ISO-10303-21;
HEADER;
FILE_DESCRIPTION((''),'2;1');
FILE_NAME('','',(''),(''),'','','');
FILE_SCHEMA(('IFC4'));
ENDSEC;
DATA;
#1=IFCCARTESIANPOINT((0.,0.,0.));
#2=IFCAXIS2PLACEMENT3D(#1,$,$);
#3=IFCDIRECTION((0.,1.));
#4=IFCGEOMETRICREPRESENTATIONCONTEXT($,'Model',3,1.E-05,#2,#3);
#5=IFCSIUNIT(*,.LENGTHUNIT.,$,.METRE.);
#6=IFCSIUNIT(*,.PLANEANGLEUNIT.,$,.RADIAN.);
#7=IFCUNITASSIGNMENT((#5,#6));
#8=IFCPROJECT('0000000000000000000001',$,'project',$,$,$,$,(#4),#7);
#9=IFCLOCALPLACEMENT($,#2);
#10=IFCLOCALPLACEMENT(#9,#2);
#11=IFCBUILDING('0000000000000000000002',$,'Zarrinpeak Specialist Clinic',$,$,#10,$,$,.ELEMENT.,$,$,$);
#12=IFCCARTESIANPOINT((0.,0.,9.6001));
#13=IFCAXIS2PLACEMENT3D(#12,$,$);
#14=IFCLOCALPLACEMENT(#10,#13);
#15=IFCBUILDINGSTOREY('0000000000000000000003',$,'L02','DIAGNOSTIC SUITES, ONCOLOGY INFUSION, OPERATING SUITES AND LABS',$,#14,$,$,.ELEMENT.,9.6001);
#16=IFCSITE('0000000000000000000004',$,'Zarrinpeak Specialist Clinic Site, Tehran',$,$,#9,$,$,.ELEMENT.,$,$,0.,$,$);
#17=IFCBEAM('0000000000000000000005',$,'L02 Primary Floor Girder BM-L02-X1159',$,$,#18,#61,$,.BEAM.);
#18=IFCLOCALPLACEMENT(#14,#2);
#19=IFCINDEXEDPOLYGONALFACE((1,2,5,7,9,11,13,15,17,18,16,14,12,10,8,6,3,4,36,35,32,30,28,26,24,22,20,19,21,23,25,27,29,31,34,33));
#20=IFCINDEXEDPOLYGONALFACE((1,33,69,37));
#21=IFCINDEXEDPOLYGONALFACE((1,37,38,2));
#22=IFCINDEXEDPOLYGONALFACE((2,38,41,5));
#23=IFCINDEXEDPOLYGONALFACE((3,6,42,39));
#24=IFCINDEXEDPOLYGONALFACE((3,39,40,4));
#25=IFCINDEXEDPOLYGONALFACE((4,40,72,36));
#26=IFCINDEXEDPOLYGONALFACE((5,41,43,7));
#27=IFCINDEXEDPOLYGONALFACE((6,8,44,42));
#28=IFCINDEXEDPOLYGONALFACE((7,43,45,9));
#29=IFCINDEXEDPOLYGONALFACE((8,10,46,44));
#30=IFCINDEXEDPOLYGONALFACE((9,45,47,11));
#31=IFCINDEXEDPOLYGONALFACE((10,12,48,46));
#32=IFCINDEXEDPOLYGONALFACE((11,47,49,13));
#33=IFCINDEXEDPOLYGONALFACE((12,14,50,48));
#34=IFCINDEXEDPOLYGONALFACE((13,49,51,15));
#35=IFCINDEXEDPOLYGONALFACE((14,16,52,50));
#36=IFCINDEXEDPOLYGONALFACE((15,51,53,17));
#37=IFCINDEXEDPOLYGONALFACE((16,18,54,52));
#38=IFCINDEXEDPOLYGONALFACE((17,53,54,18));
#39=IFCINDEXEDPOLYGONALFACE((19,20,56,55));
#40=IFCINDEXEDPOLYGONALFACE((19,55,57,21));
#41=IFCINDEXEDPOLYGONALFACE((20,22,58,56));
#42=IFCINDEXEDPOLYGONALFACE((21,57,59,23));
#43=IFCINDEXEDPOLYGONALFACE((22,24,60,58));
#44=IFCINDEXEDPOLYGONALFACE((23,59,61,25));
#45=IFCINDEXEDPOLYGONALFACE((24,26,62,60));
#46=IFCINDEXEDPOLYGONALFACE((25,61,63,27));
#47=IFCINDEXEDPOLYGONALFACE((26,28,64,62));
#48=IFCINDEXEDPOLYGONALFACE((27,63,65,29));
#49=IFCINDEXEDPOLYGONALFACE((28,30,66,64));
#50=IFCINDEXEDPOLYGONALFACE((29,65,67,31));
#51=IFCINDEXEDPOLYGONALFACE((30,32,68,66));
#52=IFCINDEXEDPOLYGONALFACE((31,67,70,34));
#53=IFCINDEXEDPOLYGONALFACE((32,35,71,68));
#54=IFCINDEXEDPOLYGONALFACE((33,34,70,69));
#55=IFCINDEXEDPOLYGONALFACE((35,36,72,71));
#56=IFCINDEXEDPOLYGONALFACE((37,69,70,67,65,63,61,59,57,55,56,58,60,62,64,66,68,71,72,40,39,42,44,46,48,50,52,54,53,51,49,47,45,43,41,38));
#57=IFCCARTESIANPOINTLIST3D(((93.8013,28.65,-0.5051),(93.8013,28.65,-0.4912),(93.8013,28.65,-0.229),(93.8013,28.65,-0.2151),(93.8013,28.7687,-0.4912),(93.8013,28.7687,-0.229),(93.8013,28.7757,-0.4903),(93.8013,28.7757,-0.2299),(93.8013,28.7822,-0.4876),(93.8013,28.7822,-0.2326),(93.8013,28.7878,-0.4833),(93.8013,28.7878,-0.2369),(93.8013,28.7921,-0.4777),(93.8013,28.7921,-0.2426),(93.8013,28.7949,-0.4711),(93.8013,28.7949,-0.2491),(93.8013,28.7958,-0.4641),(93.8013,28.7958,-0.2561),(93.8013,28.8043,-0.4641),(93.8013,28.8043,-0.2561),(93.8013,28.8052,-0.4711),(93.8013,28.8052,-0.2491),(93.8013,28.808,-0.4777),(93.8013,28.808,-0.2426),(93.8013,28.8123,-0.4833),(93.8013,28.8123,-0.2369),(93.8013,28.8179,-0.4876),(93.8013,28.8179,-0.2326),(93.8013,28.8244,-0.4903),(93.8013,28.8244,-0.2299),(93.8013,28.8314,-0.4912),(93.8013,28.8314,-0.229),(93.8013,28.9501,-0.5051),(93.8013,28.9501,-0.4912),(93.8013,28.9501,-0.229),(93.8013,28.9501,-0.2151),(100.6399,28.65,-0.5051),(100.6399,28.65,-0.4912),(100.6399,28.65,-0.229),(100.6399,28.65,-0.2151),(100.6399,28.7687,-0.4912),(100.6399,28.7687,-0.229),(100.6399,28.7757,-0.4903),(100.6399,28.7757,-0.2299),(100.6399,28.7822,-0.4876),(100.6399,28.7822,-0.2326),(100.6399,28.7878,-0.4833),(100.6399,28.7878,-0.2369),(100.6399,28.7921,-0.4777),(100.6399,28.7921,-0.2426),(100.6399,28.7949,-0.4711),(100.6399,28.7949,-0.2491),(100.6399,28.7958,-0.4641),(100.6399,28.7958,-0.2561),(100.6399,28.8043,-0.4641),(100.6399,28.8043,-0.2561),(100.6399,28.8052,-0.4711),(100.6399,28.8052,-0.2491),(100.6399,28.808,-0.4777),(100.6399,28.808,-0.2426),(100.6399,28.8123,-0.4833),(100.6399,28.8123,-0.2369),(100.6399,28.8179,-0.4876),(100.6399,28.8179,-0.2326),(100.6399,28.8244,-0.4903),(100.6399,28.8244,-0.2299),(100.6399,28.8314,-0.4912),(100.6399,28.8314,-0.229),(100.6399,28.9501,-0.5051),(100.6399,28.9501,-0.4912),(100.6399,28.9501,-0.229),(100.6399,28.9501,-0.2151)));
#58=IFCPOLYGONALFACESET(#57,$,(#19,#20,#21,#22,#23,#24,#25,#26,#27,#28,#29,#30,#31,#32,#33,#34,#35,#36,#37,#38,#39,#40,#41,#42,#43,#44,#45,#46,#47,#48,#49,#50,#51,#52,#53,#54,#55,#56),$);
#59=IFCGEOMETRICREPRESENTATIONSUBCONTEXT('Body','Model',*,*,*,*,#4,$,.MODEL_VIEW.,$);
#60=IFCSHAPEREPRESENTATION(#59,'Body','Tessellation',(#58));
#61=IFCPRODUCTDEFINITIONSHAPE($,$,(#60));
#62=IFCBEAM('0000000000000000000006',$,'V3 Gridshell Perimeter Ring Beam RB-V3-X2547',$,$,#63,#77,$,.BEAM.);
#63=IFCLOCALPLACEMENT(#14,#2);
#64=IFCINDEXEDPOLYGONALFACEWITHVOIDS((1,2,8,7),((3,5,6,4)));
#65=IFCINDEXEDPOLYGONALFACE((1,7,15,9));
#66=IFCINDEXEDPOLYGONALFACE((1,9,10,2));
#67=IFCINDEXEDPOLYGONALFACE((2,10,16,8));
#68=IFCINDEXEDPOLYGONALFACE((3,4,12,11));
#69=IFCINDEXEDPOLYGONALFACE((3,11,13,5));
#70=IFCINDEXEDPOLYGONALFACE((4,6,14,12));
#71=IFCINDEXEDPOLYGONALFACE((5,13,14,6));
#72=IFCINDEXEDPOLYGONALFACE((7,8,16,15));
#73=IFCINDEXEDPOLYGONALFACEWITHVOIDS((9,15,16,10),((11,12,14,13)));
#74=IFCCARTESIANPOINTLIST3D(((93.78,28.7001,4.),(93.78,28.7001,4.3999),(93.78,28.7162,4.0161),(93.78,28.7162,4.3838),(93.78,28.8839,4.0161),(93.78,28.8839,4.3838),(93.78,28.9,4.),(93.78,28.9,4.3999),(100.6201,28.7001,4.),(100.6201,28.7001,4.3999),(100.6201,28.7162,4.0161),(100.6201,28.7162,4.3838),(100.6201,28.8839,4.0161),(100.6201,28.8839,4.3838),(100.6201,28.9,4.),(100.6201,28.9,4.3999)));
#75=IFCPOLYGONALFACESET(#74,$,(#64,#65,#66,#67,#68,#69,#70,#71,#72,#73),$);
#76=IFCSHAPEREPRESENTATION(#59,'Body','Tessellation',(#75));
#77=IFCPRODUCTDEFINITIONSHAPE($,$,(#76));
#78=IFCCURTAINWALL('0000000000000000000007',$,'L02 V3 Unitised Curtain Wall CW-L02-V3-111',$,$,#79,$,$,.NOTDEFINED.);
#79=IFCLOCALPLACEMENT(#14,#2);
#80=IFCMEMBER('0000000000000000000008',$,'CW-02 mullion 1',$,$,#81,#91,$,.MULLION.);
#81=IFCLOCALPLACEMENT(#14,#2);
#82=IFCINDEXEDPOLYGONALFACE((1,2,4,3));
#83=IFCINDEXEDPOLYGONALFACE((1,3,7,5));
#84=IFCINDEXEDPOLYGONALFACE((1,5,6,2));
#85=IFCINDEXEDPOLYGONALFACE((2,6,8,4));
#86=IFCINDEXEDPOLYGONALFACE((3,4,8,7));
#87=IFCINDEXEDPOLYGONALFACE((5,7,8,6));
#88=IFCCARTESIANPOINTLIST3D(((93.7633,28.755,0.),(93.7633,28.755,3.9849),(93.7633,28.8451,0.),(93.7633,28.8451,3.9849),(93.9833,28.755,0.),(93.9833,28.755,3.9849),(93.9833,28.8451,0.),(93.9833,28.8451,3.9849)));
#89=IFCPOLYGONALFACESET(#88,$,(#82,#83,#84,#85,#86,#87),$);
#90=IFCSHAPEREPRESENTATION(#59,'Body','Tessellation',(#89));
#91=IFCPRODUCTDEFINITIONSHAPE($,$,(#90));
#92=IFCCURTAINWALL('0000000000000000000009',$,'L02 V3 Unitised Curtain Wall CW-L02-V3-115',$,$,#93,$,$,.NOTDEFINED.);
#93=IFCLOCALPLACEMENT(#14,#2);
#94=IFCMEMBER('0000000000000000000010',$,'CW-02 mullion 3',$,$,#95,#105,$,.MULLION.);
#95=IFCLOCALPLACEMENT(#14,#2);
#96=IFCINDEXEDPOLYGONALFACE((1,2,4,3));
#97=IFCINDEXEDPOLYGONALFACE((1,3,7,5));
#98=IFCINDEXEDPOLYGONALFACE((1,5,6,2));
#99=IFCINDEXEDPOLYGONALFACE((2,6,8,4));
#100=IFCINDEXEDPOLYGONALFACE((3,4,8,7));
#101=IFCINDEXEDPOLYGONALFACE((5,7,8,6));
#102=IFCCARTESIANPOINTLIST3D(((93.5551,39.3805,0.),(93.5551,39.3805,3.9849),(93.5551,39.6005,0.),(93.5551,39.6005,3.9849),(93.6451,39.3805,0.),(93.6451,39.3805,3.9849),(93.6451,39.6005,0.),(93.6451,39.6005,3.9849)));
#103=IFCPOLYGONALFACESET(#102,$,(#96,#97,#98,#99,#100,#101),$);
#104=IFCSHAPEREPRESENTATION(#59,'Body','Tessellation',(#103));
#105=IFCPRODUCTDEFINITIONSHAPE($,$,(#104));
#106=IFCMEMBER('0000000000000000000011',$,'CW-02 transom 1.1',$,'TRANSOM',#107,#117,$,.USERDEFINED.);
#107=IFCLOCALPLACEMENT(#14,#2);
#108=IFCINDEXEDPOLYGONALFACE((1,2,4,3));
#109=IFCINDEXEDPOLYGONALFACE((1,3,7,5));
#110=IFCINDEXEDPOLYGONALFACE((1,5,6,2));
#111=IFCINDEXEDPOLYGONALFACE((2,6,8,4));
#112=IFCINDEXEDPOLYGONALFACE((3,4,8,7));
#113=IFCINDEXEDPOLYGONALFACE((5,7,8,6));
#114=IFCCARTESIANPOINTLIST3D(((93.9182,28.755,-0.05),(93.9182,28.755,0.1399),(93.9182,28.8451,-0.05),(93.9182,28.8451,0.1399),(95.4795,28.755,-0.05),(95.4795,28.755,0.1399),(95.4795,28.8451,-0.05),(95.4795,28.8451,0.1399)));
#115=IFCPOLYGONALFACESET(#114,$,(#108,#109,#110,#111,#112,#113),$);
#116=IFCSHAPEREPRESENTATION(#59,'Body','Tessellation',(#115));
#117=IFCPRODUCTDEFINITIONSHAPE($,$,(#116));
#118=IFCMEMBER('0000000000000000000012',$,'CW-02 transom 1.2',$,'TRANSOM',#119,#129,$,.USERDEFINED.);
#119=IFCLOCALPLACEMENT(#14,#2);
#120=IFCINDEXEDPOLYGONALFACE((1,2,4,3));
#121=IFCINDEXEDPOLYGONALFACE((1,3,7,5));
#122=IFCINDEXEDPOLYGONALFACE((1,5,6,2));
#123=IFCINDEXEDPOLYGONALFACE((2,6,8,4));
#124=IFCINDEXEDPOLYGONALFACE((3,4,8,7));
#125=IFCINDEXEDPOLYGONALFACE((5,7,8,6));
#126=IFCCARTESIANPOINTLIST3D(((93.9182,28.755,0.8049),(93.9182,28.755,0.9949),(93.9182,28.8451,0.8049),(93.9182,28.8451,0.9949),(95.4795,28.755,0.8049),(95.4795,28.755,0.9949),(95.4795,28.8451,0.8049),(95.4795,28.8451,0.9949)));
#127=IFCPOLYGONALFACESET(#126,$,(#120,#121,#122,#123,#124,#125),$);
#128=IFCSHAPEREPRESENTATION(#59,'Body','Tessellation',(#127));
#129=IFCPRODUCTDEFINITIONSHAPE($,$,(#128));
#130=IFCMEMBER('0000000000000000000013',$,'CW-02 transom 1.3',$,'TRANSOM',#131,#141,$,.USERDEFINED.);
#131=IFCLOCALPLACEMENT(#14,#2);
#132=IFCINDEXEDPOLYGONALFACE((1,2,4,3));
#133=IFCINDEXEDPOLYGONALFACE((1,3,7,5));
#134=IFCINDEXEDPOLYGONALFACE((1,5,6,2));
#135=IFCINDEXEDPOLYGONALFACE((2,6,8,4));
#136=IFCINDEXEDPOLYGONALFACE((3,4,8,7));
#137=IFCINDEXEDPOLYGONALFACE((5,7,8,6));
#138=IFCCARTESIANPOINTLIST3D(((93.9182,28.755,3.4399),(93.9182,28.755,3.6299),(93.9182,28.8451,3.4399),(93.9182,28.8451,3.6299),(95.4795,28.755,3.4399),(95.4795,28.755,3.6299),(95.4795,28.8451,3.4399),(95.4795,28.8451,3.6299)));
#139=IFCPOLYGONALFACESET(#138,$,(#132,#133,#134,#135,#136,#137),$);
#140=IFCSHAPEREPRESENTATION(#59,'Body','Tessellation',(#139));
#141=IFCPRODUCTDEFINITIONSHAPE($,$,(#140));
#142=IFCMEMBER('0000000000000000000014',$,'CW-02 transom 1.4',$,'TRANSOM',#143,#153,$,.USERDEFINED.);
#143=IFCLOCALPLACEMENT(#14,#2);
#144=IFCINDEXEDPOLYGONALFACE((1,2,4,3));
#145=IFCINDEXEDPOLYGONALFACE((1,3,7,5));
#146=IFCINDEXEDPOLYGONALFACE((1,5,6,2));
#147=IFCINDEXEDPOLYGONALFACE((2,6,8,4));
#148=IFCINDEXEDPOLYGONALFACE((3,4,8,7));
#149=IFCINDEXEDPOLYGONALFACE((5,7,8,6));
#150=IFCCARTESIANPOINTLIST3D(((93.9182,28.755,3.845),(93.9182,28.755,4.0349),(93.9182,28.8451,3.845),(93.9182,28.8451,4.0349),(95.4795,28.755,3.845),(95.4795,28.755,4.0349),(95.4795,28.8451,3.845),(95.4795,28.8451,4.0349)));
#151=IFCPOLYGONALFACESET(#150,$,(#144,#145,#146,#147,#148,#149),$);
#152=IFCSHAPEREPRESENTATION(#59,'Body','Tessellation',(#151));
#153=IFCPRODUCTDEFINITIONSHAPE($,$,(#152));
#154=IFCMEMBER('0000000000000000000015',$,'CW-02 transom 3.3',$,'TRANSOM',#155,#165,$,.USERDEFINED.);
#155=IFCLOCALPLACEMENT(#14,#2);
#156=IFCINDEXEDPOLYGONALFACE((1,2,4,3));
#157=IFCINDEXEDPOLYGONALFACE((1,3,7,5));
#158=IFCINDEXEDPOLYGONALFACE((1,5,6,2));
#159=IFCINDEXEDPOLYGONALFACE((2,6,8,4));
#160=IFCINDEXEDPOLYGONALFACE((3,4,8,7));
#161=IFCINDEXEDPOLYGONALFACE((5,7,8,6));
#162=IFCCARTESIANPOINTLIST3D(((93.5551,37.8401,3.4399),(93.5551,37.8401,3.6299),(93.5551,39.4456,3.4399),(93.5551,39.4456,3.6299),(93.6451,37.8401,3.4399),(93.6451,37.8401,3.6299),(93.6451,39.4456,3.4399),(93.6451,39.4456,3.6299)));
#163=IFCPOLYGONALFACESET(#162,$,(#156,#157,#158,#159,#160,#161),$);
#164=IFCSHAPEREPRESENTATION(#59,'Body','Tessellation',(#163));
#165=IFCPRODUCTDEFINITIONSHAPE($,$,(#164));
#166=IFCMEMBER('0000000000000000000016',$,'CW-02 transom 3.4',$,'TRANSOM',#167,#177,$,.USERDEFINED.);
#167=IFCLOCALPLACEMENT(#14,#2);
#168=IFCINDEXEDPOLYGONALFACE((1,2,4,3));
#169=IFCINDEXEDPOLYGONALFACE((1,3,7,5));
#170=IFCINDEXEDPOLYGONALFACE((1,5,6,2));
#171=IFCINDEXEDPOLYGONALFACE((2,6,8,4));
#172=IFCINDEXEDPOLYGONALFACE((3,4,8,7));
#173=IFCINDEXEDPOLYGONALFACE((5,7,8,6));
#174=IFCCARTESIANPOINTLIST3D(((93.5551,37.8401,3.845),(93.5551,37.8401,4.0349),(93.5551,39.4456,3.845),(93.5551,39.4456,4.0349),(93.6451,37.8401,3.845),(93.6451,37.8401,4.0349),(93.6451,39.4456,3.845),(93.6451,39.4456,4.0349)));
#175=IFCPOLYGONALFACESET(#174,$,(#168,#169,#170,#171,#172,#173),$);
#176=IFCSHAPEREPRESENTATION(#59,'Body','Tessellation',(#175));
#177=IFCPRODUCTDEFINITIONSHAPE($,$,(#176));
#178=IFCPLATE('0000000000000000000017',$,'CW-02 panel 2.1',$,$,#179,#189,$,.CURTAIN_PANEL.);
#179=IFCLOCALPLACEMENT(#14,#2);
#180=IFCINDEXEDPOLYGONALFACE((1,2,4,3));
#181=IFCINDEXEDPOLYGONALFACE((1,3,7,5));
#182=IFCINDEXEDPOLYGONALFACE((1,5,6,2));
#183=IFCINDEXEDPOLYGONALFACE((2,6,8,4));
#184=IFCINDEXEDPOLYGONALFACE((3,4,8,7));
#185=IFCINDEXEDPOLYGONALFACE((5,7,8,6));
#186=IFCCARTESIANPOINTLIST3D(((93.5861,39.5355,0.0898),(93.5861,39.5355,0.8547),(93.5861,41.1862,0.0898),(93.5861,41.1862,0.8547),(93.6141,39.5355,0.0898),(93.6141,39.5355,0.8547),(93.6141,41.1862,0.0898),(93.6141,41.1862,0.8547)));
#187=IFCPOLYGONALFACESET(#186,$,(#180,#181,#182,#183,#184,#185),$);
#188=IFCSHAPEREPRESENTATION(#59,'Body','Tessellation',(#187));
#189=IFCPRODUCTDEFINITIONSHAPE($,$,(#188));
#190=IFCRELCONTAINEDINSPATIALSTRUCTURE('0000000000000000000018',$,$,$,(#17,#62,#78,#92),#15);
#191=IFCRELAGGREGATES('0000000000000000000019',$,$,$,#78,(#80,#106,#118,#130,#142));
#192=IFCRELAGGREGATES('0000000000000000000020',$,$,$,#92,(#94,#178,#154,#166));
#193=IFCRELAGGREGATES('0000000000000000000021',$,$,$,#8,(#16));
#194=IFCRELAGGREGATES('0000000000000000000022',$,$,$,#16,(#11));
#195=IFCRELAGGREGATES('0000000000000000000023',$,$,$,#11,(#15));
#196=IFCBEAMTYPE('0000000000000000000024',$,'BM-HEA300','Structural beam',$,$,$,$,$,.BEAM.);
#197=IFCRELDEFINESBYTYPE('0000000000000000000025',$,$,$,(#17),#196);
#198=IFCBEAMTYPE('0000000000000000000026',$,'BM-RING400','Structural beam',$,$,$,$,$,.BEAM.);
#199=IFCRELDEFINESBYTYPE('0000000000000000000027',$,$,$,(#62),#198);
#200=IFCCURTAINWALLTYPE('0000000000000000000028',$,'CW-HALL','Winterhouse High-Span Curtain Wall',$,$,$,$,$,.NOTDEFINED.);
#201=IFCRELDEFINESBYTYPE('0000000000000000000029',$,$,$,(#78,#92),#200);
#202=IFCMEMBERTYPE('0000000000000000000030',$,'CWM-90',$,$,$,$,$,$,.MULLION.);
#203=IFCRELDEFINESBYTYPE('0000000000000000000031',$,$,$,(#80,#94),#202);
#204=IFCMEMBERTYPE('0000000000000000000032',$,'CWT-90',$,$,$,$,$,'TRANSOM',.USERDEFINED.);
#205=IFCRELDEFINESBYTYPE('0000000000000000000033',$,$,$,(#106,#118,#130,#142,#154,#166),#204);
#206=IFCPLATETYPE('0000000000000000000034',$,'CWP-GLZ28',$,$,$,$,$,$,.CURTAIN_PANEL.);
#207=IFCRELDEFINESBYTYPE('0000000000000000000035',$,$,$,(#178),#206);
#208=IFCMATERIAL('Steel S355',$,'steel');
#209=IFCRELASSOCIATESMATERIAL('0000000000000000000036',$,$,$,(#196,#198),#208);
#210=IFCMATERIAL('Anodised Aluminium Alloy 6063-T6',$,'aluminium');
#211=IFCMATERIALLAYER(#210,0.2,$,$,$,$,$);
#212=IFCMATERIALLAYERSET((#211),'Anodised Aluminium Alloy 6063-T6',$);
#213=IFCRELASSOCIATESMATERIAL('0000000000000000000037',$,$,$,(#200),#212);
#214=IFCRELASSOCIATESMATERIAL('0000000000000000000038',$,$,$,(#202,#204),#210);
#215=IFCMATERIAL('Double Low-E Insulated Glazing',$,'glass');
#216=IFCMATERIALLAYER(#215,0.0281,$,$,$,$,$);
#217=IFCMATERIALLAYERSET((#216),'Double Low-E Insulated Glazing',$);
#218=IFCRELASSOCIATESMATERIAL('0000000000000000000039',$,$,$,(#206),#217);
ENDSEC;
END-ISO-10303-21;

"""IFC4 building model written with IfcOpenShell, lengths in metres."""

from ifc_helpers import new_model, si_unit, direction, frame, origin, origin_2d, place, context, subcontext, project, spatial, rectangle, hollow_rectangle, i_section, extrude, material, layer, layer_set, material_profile, profile_set, type_object, element, aggregate, save


model = new_model("IFC4")

# Units and contexts
model_context = context("Model", 3, precision=1e-05, world=origin(), true_north=direction((0.0, 1.0)))
body_context = subcontext(model_context, "Body", "Model", "MODEL_VIEW")
ifc_project = project(units=[si_unit("LENGTHUNIT", "METRE"), si_unit("PLANEANGLEUNIT", "RADIAN")], contexts=[model_context])

# Site, building, storey
site_placement = place(None, origin())
site = spatial("IfcSite", under=ifc_project, at=site_placement, Name="Zarrinpeak Specialist Clinic Site, Tehran", CompositionType="ELEMENT", RefElevation=0.0)
building_placement = place(site_placement, origin())
building = spatial("IfcBuilding", under=site, at=building_placement, Name="Zarrinpeak Specialist Clinic", CompositionType="ELEMENT")
storey_placement = place(building_placement, frame((0.0, 0.0, 9.6001)))
storey = spatial("IfcBuildingStorey", under=building, at=storey_placement, Name="L02", Description="DIAGNOSTIC SUITES, ONCOLOGY INFUSION, OPERATING SUITES AND LABS", CompositionType="ELEMENT", Elevation=9.6001)

# Beams
ifc_material_1 = material(Name="Steel S355", Category="steel")
ifc_material_profile_1 = material_profile(ifc_material_1, i_section(OverallWidth=0.3, OverallDepth=0.29, WebThickness=0.0085, FlangeThickness=0.0139, FilletRadius=0.0271, at=origin_2d()), Name="HEA 300")
ifc_profile_set_1 = profile_set([ifc_material_profile_1], Name="Steel S355")
beam_type_1 = type_object("IfcBeamType", Name="BM-HEA300", Description="Structural beam", PredefinedType="BEAM", material=ifc_profile_set_1)
beam_1_placement = place(storey_placement, frame((93.8013, 28.8, -0.3601), z_axis=(1.0, 0.0, 0.0), x_axis=(0.0, 1.0, 0.0)))
element("IfcBeam", 1, at=beam_1_placement, inside=storey, type_object=beam_type_1, Name="L02 Primary Floor Girder BM-L02-X1159", PredefinedType="BEAM", context=body_context, shape_type="SweptSolid", body=[
    extrude(i_section(OverallWidth=0.3, OverallDepth=0.29, WebThickness=0.0085, FlangeThickness=0.0139, FilletRadius=0.0271, at=origin_2d()), origin(), (0.0, 0.0, 1.0), 6.8386),
])
ifc_material_profile_2 = material_profile(ifc_material_1, hollow_rectangle(XDim=0.2, YDim=0.3999, WallThickness=0.0161, at=origin_2d()), Name="RHS 400x200x16.0")
ifc_profile_set_2 = profile_set([ifc_material_profile_2], Name="Steel S355")
beam_type_2 = type_object("IfcBeamType", Name="BM-RING400", Description="Structural beam", PredefinedType="BEAM", material=ifc_profile_set_2)
beam_2_placement = place(storey_placement, frame((93.78, 28.8, 4.2), z_axis=(1.0, 0.0, 0.0), x_axis=(0.0, 1.0, 0.0)))
element("IfcBeam", 2, at=beam_2_placement, inside=storey, type_object=beam_type_2, Name="V3 Gridshell Perimeter Ring Beam RB-V3-X2547", PredefinedType="BEAM", context=body_context, shape_type="SweptSolid", body=[
    extrude(hollow_rectangle(XDim=0.2, YDim=0.3999, WallThickness=0.0161, at=origin_2d()), origin(), (0.0, 0.0, 1.0), 6.8401),
])

# Curtain walls, members
ifc_material_2 = material(Name="Anodised Aluminium Alloy 6063-T6", Category="aluminium")
ifc_layer_1 = layer(ifc_material_2, 0.2)
ifc_layer_set_1 = layer_set([ifc_layer_1], Name="Anodised Aluminium Alloy 6063-T6")
curtain_wall_type = type_object("IfcCurtainWallType", Name="CW-HALL", Description="Winterhouse High-Span Curtain Wall", PredefinedType="NOTDEFINED", material=ifc_layer_set_1)
curtain_wall_1_placement = place(storey_placement, origin())
curtain_wall_1 = element("IfcCurtainWall", 3, at=curtain_wall_1_placement, inside=storey, type_object=curtain_wall_type, Name="L02 V3 Unitised Curtain Wall CW-L02-V3-111", PredefinedType="NOTDEFINED")
ifc_material_profile_3 = material_profile(ifc_material_2, rectangle(XDim=0.0901, YDim=0.22, at=origin_2d()), Name="ALU 90x220")
ifc_profile_set_3 = profile_set([ifc_material_profile_3], Name="Anodised Aluminium Alloy 6063-T6")
member_type_1 = type_object("IfcMemberType", Name="CWM-90", PredefinedType="MULLION", material=ifc_profile_set_3)
member_1_placement = place(storey_placement, frame((93.8733, 28.8, 0.0), z_axis=(0.0, 0.0, 1.0), x_axis=(0.0, 1.0, 0.0)))
member_1 = element("IfcMember", 4, at=member_1_placement, type_object=member_type_1, Name="CW-02 mullion 1", PredefinedType="MULLION", context=body_context, shape_type="SweptSolid", body=[
    extrude(rectangle(XDim=0.0901, YDim=0.22, at=origin_2d()), origin(), (0.0, 0.0, 1.0), 3.9849),
])
curtain_wall_2_placement = place(storey_placement, origin())
curtain_wall_2 = element("IfcCurtainWall", 5, at=curtain_wall_2_placement, inside=storey, type_object=curtain_wall_type, Name="L02 V3 Unitised Curtain Wall CW-L02-V3-115", PredefinedType="NOTDEFINED")
member_2_placement = place(storey_placement, frame((93.6001, 39.4905, 0.0), z_axis=(0.0, 0.0, 1.0), x_axis=(1.0, 0.0, 0.0)))
member_2 = element("IfcMember", 6, at=member_2_placement, type_object=member_type_1, Name="CW-02 mullion 3", PredefinedType="MULLION", context=body_context, shape_type="SweptSolid", body=[
    extrude(rectangle(XDim=0.0901, YDim=0.22, at=origin_2d()), origin(), (0.0, 0.0, 1.0), 3.9849),
])

# Members
ifc_material_profile_4 = material_profile(ifc_material_2, rectangle(XDim=0.0901, YDim=0.1899, at=origin_2d()), Name="ALU 90x190")
ifc_profile_set_4 = profile_set([ifc_material_profile_4], Name="Anodised Aluminium Alloy 6063-T6")
member_type_2 = type_object("IfcMemberType", Name="CWT-90", ElementType="TRANSOM", PredefinedType="USERDEFINED", material=ifc_profile_set_4)
member_3_placement = place(storey_placement, frame((93.9182, 28.8, 0.0449), z_axis=(1.0, 0.0, 0.0), x_axis=(0.0, 1.0, 0.0)))
member_3 = element("IfcMember", 7, at=member_3_placement, type_object=member_type_2, Name="CW-02 transom 1.1", ObjectType="TRANSOM", PredefinedType="USERDEFINED", context=body_context, shape_type="SweptSolid", body=[
    extrude(rectangle(XDim=0.0901, YDim=0.1899, at=origin_2d()), origin(), (0.0, 0.0, 1.0), 1.5613),
])
member_4_placement = place(storey_placement, frame((93.9182, 28.8, 0.8999), z_axis=(1.0, 0.0, 0.0), x_axis=(0.0, 1.0, 0.0)))
member_4 = element("IfcMember", 8, at=member_4_placement, type_object=member_type_2, Name="CW-02 transom 1.2", ObjectType="TRANSOM", PredefinedType="USERDEFINED", context=body_context, shape_type="SweptSolid", body=[
    extrude(rectangle(XDim=0.0901, YDim=0.1899, at=origin_2d()), origin(), (0.0, 0.0, 1.0), 1.5613),
])
member_5_placement = place(storey_placement, frame((93.9182, 28.8, 3.5349), z_axis=(1.0, 0.0, 0.0), x_axis=(0.0, 1.0, 0.0)))
member_5 = element("IfcMember", 9, at=member_5_placement, type_object=member_type_2, Name="CW-02 transom 1.3", ObjectType="TRANSOM", PredefinedType="USERDEFINED", context=body_context, shape_type="SweptSolid", body=[
    extrude(rectangle(XDim=0.0901, YDim=0.1899, at=origin_2d()), origin(), (0.0, 0.0, 1.0), 1.5613),
])
member_6_placement = place(storey_placement, frame((93.9182, 28.8, 3.9399), z_axis=(1.0, 0.0, 0.0), x_axis=(0.0, 1.0, 0.0)))
member_6 = element("IfcMember", 10, at=member_6_placement, type_object=member_type_2, Name="CW-02 transom 1.4", ObjectType="TRANSOM", PredefinedType="USERDEFINED", context=body_context, shape_type="SweptSolid", body=[
    extrude(rectangle(XDim=0.0901, YDim=0.1899, at=origin_2d()), origin(), (0.0, 0.0, 1.0), 1.5613),
])
aggregate(curtain_wall_1, [member_1, member_3, member_4, member_5, member_6])
member_7_placement = place(storey_placement, frame((93.6001, 39.4456, 3.5349), z_axis=(0.0, -1.0, 0.0), x_axis=(1.0, 0.0, 0.0)))
member_7 = element("IfcMember", 11, at=member_7_placement, type_object=member_type_2, Name="CW-02 transom 3.3", ObjectType="TRANSOM", PredefinedType="USERDEFINED", context=body_context, shape_type="SweptSolid", body=[
    extrude(rectangle(XDim=0.0901, YDim=0.1899, at=origin_2d()), origin(), (0.0, 0.0, 1.0), 1.6055),
])
member_8_placement = place(storey_placement, frame((93.6001, 39.4456, 3.9399), z_axis=(0.0, -1.0, 0.0), x_axis=(1.0, 0.0, 0.0)))
member_8 = element("IfcMember", 12, at=member_8_placement, type_object=member_type_2, Name="CW-02 transom 3.4", ObjectType="TRANSOM", PredefinedType="USERDEFINED", context=body_context, shape_type="SweptSolid", body=[
    extrude(rectangle(XDim=0.0901, YDim=0.1899, at=origin_2d()), origin(), (0.0, 0.0, 1.0), 1.6055),
])

# Plate
ifc_material_3 = material(Name="Double Low-E Insulated Glazing", Category="glass")
ifc_layer_2 = layer(ifc_material_3, 0.0281)
ifc_layer_set_2 = layer_set([ifc_layer_2], Name="Double Low-E Insulated Glazing")
plate_type_1 = type_object("IfcPlateType", Name="CWP-GLZ28", PredefinedType="CURTAIN_PANEL", material=ifc_layer_set_2)
plate_1_placement = place(storey_placement, frame((93.6001, 40.3608, 0.0898), z_axis=(0.0, 0.0, 1.0), x_axis=(0.0, -1.0, 0.0)))
plate_1 = element("IfcPlate", 13, at=plate_1_placement, type_object=plate_type_1, Name="CW-02 panel 2.1", PredefinedType="CURTAIN_PANEL", context=body_context, shape_type="SweptSolid", body=[
    extrude(rectangle(XDim=1.6506, YDim=0.0281, at=origin_2d()), origin(), (0.0, 0.0, 1.0), 0.7649),
])
aggregate(curtain_wall_2, [member_2, plate_1, member_7, member_8])

save(model, "model.ifc")
